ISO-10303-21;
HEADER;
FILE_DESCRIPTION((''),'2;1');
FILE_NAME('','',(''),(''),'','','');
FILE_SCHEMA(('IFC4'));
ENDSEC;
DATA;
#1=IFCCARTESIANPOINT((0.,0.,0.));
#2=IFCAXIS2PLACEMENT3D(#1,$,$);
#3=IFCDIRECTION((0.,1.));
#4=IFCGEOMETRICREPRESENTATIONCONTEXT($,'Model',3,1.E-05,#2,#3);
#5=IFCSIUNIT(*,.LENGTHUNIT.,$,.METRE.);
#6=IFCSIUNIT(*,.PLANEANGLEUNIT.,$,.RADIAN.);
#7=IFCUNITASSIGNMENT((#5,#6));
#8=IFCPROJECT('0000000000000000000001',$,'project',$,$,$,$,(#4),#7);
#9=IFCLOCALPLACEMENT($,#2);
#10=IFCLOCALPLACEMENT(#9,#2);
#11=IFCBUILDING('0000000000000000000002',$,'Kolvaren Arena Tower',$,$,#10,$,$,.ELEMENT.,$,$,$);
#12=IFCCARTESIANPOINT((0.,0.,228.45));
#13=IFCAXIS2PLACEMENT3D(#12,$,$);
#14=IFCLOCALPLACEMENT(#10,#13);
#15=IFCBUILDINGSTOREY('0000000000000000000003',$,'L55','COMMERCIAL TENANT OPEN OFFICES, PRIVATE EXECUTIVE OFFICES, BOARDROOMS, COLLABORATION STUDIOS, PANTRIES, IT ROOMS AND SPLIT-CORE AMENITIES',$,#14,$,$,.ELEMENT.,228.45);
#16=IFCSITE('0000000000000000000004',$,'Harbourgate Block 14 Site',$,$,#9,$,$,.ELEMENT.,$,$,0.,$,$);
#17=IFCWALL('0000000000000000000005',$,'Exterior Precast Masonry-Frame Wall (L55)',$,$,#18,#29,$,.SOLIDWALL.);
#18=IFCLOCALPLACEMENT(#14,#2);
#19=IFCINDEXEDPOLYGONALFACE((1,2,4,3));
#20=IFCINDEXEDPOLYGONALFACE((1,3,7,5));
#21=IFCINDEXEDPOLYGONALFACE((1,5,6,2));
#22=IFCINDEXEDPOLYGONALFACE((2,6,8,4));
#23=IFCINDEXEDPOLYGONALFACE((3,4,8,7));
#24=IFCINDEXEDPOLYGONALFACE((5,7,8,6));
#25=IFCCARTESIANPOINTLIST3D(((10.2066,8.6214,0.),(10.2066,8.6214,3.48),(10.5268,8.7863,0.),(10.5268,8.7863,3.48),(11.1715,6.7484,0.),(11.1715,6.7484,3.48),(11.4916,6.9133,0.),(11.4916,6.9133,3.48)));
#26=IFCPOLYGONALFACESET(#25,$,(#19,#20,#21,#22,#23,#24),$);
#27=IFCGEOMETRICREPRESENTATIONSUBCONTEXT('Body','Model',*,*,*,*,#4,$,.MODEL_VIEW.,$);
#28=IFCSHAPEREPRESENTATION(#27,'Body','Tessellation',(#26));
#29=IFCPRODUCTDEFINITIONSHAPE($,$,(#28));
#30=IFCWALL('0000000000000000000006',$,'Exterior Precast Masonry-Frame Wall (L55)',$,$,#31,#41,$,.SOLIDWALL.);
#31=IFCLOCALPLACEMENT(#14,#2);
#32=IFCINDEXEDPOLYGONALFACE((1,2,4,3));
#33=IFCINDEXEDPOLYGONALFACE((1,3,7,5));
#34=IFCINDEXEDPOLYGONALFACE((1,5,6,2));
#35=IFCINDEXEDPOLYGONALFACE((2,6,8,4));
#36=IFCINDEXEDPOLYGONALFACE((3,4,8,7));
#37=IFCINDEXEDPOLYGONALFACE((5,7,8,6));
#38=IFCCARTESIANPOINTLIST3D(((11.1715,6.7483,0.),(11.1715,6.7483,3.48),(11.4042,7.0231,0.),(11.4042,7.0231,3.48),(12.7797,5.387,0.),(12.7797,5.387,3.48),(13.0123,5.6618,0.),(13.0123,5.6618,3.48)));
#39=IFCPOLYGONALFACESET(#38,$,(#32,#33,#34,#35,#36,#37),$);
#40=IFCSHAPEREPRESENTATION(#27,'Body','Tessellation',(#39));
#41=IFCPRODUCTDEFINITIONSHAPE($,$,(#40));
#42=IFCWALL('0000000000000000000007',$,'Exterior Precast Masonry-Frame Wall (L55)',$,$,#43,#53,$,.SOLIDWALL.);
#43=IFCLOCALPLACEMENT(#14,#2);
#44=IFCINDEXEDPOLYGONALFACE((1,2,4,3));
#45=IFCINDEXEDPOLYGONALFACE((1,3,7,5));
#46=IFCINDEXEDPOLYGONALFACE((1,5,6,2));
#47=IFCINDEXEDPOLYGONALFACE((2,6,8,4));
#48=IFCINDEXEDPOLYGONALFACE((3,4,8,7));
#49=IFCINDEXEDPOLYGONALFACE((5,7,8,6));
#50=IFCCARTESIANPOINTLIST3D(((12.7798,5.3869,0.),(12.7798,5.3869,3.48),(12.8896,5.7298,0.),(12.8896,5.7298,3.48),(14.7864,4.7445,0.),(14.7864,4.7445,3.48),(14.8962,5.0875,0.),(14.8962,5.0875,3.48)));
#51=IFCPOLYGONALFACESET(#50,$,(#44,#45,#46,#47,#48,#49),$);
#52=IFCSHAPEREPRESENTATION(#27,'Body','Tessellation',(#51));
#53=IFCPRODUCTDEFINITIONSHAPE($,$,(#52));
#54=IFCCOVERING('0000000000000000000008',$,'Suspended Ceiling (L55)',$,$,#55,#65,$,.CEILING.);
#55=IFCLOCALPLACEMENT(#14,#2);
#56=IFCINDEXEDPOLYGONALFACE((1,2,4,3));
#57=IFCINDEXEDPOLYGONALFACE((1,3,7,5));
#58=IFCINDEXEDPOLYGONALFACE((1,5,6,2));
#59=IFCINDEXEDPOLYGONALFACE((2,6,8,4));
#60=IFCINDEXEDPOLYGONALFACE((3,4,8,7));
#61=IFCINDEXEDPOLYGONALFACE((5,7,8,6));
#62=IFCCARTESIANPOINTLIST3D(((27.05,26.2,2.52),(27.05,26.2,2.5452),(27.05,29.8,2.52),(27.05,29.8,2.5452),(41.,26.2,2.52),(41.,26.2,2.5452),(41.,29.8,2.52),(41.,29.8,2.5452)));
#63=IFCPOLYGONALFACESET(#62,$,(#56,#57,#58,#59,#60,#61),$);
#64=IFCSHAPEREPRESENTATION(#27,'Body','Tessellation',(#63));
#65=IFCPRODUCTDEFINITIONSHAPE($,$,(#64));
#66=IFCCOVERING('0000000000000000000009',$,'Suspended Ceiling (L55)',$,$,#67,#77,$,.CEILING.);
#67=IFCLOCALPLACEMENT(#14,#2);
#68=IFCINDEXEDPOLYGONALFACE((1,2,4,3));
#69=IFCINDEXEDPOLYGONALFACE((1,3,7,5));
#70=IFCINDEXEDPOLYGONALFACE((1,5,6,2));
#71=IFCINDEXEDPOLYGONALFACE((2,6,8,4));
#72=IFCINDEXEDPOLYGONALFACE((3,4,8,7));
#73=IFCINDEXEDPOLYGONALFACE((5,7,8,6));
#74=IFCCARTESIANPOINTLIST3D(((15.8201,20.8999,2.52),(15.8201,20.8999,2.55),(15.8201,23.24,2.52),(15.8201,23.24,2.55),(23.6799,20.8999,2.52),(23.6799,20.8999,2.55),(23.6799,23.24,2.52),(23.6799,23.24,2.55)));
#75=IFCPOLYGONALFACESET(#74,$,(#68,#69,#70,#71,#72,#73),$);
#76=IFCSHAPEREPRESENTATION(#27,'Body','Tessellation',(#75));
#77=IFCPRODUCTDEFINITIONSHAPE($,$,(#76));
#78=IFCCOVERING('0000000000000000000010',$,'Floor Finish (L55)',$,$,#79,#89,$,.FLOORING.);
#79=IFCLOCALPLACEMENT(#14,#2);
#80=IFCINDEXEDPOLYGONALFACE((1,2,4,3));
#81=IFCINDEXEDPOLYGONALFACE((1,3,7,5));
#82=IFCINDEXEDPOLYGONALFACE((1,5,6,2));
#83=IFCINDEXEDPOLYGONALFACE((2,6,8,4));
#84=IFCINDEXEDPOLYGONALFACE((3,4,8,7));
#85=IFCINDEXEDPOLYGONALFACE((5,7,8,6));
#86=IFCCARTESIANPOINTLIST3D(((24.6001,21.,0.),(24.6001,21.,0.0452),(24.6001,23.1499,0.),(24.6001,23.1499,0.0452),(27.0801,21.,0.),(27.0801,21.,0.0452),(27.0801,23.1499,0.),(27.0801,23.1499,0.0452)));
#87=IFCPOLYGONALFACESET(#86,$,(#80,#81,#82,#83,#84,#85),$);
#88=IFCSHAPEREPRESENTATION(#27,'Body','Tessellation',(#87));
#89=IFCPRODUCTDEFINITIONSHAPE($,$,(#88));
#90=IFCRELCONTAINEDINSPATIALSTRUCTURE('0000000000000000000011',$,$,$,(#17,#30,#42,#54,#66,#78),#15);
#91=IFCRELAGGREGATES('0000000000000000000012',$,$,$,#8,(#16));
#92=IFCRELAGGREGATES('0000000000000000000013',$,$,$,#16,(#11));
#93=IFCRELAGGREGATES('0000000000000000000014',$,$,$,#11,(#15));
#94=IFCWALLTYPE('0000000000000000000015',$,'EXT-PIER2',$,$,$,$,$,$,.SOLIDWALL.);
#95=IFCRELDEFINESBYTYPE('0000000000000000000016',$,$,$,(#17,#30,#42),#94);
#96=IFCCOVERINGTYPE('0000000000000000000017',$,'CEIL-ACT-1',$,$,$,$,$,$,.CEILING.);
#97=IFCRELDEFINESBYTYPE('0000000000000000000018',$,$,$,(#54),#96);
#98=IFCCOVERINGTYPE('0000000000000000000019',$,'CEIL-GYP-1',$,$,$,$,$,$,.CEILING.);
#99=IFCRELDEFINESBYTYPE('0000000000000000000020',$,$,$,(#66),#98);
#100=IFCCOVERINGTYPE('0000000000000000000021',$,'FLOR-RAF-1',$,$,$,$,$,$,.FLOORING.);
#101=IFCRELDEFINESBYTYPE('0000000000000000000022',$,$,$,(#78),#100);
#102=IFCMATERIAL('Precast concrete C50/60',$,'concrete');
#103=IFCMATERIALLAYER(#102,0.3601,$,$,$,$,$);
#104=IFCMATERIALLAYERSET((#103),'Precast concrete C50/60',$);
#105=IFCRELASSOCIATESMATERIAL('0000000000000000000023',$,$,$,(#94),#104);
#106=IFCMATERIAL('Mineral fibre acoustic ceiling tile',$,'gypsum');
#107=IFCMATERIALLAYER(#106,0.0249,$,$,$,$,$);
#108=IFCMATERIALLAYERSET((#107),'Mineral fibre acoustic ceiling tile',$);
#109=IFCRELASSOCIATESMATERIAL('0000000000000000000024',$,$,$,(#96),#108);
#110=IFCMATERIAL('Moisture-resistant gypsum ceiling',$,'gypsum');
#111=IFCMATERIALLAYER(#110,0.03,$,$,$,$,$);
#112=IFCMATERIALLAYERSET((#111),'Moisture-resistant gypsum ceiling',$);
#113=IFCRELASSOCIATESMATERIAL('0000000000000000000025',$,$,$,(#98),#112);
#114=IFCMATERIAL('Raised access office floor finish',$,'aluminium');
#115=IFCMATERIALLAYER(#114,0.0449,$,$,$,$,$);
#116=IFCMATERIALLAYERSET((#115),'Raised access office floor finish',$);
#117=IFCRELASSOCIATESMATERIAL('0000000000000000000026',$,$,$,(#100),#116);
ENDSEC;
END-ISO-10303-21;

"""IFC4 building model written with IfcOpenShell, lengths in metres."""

from ifc_helpers import new_model, si_unit, direction, frame, frame_2d, origin, place, context, subcontext, project, spatial, polyline, rectangle, outline, extrude, material, layer, layer_set, type_object, element, save


model = new_model("IFC4")

# Units and contexts
model_context = context("Model", 3, precision=1e-05, world=origin(), true_north=direction((0.0, 1.0)))
body_context = subcontext(model_context, "Body", "Model", "MODEL_VIEW")
ifc_project = project(units=[si_unit("LENGTHUNIT", "METRE"), si_unit("PLANEANGLEUNIT", "RADIAN")], contexts=[model_context])

# Site, building, storey
site_placement = place(None, origin())
site = spatial("IfcSite", under=ifc_project, at=site_placement, Name="Harbourgate Block 14 Site", CompositionType="ELEMENT", RefElevation=0.0)
building_placement = place(site_placement, origin())
building = spatial("IfcBuilding", under=site, at=building_placement, Name="Kolvaren Arena Tower", CompositionType="ELEMENT")
storey_placement = place(building_placement, frame((0.0, 0.0, 228.45)))
storey = spatial("IfcBuildingStorey", under=building, at=storey_placement, Name="L55", Description="COMMERCIAL TENANT OPEN OFFICES, PRIVATE EXECUTIVE OFFICES, BOARDROOMS, COLLABORATION STUDIOS, PANTRIES, IT ROOMS AND SPLIT-CORE AMENITIES", CompositionType="ELEMENT", Elevation=228.45)

# Shared definitions
ifc_material_1 = material(Name="Precast concrete C50/60", Category="concrete")
ifc_layer_1 = layer(ifc_material_1, 0.3601)
ifc_layer_set_1 = layer_set([ifc_layer_1], Name="Precast concrete C50/60")
wall_type = type_object("IfcWallType", Name="EXT-PIER2", PredefinedType="SOLIDWALL", material=ifc_layer_set_1)

# Walls
for number, where, z_axis, x_axis, name in (
    (1, (11.3315, 6.8308, 0.0), (0.0, 0.0, 1.0), (-0.457934, 0.888986, 0.0), "Exterior Precast Masonry-Frame Wall (L55)"),
    (2, (12.896, 5.5244, 0.0), (0.0, 0.0, 1.0), (-0.76325, 0.646103, 0.0), "Exterior Precast Masonry-Frame Wall (L55)"),
    (3, (14.8413, 4.916, 0.0), (0.0, 0.0, 1.0), (-0.952393, 0.304872, 0.0), "Exterior Precast Masonry-Frame Wall (L55)"),
):
    element("IfcWall", number, at=place(storey_placement, frame(where, z_axis=z_axis, x_axis=x_axis)), inside=storey, type_object=wall_type, Name=name, PredefinedType="SOLIDWALL", context=body_context, shape_type="SweptSolid", body=[
        extrude(rectangle(XDim=2.1069, YDim=0.3601, at=frame_2d((1.0535, 0.0))), origin(), (0.0, 0.0, 1.0), 3.48),
    ])

# Coverings
ifc_material_2 = material(Name="Mineral fibre acoustic ceiling tile", Category="gypsum")
ifc_layer_2 = layer(ifc_material_2, 0.0249)
ifc_layer_set_2 = layer_set([ifc_layer_2], Name="Mineral fibre acoustic ceiling tile")
covering_type_1 = type_object("IfcCoveringType", Name="CEIL-ACT-1", PredefinedType="CEILING", material=ifc_layer_set_2)
covering_1_placement = place(storey_placement, frame((0.0, 0.0, 2.52)))
element("IfcCovering", 4, at=covering_1_placement, inside=storey, type_object=covering_type_1, Name="Suspended Ceiling (L55)", PredefinedType="CEILING", context=body_context, shape_type="SweptSolid", body=[
    extrude(outline(polyline([(27.05, 26.2), (27.05, 29.8), (41.0, 29.8), (41.0, 26.2), (27.05, 26.2)])), origin(), (0.0, 0.0, 1.0), 0.0251),
])
ifc_material_3 = material(Name="Moisture-resistant gypsum ceiling", Category="gypsum")
ifc_layer_3 = layer(ifc_material_3, 0.03)
ifc_layer_set_3 = layer_set([ifc_layer_3], Name="Moisture-resistant gypsum ceiling")
covering_type_2 = type_object("IfcCoveringType", Name="CEIL-GYP-1", PredefinedType="CEILING", material=ifc_layer_set_3)
covering_2_placement = place(storey_placement, frame((0.0, 0.0, 2.52)))
element("IfcCovering", 5, at=covering_2_placement, inside=storey, type_object=covering_type_2, Name="Suspended Ceiling (L55)", PredefinedType="CEILING", context=body_context, shape_type="SweptSolid", body=[
    extrude(outline(polyline([(15.8201, 20.8999), (15.8201, 23.24), (23.6799, 23.24), (23.6799, 20.8999), (15.8201, 20.8999)])), origin(), (0.0, 0.0, 1.0), 0.03),
])
ifc_material_4 = material(Name="Raised access office floor finish", Category="aluminium")
ifc_layer_4 = layer(ifc_material_4, 0.0449)
ifc_layer_set_4 = layer_set([ifc_layer_4], Name="Raised access office floor finish")
covering_type_3 = type_object("IfcCoveringType", Name="FLOR-RAF-1", PredefinedType="FLOORING", material=ifc_layer_set_4)
covering_3_placement = place(storey_placement, origin())
element("IfcCovering", 6, at=covering_3_placement, inside=storey, type_object=covering_type_3, Name="Floor Finish (L55)", PredefinedType="FLOORING", context=body_context, shape_type="SweptSolid", body=[
    extrude(outline(polyline([(24.6001, 21.0), (24.6001, 23.1499), (27.0801, 23.1499), (27.0801, 21.0), (24.6001, 21.0)])), origin(), (0.0, 0.0, 1.0), 0.0452),
])

save(model, "model.ifc")
